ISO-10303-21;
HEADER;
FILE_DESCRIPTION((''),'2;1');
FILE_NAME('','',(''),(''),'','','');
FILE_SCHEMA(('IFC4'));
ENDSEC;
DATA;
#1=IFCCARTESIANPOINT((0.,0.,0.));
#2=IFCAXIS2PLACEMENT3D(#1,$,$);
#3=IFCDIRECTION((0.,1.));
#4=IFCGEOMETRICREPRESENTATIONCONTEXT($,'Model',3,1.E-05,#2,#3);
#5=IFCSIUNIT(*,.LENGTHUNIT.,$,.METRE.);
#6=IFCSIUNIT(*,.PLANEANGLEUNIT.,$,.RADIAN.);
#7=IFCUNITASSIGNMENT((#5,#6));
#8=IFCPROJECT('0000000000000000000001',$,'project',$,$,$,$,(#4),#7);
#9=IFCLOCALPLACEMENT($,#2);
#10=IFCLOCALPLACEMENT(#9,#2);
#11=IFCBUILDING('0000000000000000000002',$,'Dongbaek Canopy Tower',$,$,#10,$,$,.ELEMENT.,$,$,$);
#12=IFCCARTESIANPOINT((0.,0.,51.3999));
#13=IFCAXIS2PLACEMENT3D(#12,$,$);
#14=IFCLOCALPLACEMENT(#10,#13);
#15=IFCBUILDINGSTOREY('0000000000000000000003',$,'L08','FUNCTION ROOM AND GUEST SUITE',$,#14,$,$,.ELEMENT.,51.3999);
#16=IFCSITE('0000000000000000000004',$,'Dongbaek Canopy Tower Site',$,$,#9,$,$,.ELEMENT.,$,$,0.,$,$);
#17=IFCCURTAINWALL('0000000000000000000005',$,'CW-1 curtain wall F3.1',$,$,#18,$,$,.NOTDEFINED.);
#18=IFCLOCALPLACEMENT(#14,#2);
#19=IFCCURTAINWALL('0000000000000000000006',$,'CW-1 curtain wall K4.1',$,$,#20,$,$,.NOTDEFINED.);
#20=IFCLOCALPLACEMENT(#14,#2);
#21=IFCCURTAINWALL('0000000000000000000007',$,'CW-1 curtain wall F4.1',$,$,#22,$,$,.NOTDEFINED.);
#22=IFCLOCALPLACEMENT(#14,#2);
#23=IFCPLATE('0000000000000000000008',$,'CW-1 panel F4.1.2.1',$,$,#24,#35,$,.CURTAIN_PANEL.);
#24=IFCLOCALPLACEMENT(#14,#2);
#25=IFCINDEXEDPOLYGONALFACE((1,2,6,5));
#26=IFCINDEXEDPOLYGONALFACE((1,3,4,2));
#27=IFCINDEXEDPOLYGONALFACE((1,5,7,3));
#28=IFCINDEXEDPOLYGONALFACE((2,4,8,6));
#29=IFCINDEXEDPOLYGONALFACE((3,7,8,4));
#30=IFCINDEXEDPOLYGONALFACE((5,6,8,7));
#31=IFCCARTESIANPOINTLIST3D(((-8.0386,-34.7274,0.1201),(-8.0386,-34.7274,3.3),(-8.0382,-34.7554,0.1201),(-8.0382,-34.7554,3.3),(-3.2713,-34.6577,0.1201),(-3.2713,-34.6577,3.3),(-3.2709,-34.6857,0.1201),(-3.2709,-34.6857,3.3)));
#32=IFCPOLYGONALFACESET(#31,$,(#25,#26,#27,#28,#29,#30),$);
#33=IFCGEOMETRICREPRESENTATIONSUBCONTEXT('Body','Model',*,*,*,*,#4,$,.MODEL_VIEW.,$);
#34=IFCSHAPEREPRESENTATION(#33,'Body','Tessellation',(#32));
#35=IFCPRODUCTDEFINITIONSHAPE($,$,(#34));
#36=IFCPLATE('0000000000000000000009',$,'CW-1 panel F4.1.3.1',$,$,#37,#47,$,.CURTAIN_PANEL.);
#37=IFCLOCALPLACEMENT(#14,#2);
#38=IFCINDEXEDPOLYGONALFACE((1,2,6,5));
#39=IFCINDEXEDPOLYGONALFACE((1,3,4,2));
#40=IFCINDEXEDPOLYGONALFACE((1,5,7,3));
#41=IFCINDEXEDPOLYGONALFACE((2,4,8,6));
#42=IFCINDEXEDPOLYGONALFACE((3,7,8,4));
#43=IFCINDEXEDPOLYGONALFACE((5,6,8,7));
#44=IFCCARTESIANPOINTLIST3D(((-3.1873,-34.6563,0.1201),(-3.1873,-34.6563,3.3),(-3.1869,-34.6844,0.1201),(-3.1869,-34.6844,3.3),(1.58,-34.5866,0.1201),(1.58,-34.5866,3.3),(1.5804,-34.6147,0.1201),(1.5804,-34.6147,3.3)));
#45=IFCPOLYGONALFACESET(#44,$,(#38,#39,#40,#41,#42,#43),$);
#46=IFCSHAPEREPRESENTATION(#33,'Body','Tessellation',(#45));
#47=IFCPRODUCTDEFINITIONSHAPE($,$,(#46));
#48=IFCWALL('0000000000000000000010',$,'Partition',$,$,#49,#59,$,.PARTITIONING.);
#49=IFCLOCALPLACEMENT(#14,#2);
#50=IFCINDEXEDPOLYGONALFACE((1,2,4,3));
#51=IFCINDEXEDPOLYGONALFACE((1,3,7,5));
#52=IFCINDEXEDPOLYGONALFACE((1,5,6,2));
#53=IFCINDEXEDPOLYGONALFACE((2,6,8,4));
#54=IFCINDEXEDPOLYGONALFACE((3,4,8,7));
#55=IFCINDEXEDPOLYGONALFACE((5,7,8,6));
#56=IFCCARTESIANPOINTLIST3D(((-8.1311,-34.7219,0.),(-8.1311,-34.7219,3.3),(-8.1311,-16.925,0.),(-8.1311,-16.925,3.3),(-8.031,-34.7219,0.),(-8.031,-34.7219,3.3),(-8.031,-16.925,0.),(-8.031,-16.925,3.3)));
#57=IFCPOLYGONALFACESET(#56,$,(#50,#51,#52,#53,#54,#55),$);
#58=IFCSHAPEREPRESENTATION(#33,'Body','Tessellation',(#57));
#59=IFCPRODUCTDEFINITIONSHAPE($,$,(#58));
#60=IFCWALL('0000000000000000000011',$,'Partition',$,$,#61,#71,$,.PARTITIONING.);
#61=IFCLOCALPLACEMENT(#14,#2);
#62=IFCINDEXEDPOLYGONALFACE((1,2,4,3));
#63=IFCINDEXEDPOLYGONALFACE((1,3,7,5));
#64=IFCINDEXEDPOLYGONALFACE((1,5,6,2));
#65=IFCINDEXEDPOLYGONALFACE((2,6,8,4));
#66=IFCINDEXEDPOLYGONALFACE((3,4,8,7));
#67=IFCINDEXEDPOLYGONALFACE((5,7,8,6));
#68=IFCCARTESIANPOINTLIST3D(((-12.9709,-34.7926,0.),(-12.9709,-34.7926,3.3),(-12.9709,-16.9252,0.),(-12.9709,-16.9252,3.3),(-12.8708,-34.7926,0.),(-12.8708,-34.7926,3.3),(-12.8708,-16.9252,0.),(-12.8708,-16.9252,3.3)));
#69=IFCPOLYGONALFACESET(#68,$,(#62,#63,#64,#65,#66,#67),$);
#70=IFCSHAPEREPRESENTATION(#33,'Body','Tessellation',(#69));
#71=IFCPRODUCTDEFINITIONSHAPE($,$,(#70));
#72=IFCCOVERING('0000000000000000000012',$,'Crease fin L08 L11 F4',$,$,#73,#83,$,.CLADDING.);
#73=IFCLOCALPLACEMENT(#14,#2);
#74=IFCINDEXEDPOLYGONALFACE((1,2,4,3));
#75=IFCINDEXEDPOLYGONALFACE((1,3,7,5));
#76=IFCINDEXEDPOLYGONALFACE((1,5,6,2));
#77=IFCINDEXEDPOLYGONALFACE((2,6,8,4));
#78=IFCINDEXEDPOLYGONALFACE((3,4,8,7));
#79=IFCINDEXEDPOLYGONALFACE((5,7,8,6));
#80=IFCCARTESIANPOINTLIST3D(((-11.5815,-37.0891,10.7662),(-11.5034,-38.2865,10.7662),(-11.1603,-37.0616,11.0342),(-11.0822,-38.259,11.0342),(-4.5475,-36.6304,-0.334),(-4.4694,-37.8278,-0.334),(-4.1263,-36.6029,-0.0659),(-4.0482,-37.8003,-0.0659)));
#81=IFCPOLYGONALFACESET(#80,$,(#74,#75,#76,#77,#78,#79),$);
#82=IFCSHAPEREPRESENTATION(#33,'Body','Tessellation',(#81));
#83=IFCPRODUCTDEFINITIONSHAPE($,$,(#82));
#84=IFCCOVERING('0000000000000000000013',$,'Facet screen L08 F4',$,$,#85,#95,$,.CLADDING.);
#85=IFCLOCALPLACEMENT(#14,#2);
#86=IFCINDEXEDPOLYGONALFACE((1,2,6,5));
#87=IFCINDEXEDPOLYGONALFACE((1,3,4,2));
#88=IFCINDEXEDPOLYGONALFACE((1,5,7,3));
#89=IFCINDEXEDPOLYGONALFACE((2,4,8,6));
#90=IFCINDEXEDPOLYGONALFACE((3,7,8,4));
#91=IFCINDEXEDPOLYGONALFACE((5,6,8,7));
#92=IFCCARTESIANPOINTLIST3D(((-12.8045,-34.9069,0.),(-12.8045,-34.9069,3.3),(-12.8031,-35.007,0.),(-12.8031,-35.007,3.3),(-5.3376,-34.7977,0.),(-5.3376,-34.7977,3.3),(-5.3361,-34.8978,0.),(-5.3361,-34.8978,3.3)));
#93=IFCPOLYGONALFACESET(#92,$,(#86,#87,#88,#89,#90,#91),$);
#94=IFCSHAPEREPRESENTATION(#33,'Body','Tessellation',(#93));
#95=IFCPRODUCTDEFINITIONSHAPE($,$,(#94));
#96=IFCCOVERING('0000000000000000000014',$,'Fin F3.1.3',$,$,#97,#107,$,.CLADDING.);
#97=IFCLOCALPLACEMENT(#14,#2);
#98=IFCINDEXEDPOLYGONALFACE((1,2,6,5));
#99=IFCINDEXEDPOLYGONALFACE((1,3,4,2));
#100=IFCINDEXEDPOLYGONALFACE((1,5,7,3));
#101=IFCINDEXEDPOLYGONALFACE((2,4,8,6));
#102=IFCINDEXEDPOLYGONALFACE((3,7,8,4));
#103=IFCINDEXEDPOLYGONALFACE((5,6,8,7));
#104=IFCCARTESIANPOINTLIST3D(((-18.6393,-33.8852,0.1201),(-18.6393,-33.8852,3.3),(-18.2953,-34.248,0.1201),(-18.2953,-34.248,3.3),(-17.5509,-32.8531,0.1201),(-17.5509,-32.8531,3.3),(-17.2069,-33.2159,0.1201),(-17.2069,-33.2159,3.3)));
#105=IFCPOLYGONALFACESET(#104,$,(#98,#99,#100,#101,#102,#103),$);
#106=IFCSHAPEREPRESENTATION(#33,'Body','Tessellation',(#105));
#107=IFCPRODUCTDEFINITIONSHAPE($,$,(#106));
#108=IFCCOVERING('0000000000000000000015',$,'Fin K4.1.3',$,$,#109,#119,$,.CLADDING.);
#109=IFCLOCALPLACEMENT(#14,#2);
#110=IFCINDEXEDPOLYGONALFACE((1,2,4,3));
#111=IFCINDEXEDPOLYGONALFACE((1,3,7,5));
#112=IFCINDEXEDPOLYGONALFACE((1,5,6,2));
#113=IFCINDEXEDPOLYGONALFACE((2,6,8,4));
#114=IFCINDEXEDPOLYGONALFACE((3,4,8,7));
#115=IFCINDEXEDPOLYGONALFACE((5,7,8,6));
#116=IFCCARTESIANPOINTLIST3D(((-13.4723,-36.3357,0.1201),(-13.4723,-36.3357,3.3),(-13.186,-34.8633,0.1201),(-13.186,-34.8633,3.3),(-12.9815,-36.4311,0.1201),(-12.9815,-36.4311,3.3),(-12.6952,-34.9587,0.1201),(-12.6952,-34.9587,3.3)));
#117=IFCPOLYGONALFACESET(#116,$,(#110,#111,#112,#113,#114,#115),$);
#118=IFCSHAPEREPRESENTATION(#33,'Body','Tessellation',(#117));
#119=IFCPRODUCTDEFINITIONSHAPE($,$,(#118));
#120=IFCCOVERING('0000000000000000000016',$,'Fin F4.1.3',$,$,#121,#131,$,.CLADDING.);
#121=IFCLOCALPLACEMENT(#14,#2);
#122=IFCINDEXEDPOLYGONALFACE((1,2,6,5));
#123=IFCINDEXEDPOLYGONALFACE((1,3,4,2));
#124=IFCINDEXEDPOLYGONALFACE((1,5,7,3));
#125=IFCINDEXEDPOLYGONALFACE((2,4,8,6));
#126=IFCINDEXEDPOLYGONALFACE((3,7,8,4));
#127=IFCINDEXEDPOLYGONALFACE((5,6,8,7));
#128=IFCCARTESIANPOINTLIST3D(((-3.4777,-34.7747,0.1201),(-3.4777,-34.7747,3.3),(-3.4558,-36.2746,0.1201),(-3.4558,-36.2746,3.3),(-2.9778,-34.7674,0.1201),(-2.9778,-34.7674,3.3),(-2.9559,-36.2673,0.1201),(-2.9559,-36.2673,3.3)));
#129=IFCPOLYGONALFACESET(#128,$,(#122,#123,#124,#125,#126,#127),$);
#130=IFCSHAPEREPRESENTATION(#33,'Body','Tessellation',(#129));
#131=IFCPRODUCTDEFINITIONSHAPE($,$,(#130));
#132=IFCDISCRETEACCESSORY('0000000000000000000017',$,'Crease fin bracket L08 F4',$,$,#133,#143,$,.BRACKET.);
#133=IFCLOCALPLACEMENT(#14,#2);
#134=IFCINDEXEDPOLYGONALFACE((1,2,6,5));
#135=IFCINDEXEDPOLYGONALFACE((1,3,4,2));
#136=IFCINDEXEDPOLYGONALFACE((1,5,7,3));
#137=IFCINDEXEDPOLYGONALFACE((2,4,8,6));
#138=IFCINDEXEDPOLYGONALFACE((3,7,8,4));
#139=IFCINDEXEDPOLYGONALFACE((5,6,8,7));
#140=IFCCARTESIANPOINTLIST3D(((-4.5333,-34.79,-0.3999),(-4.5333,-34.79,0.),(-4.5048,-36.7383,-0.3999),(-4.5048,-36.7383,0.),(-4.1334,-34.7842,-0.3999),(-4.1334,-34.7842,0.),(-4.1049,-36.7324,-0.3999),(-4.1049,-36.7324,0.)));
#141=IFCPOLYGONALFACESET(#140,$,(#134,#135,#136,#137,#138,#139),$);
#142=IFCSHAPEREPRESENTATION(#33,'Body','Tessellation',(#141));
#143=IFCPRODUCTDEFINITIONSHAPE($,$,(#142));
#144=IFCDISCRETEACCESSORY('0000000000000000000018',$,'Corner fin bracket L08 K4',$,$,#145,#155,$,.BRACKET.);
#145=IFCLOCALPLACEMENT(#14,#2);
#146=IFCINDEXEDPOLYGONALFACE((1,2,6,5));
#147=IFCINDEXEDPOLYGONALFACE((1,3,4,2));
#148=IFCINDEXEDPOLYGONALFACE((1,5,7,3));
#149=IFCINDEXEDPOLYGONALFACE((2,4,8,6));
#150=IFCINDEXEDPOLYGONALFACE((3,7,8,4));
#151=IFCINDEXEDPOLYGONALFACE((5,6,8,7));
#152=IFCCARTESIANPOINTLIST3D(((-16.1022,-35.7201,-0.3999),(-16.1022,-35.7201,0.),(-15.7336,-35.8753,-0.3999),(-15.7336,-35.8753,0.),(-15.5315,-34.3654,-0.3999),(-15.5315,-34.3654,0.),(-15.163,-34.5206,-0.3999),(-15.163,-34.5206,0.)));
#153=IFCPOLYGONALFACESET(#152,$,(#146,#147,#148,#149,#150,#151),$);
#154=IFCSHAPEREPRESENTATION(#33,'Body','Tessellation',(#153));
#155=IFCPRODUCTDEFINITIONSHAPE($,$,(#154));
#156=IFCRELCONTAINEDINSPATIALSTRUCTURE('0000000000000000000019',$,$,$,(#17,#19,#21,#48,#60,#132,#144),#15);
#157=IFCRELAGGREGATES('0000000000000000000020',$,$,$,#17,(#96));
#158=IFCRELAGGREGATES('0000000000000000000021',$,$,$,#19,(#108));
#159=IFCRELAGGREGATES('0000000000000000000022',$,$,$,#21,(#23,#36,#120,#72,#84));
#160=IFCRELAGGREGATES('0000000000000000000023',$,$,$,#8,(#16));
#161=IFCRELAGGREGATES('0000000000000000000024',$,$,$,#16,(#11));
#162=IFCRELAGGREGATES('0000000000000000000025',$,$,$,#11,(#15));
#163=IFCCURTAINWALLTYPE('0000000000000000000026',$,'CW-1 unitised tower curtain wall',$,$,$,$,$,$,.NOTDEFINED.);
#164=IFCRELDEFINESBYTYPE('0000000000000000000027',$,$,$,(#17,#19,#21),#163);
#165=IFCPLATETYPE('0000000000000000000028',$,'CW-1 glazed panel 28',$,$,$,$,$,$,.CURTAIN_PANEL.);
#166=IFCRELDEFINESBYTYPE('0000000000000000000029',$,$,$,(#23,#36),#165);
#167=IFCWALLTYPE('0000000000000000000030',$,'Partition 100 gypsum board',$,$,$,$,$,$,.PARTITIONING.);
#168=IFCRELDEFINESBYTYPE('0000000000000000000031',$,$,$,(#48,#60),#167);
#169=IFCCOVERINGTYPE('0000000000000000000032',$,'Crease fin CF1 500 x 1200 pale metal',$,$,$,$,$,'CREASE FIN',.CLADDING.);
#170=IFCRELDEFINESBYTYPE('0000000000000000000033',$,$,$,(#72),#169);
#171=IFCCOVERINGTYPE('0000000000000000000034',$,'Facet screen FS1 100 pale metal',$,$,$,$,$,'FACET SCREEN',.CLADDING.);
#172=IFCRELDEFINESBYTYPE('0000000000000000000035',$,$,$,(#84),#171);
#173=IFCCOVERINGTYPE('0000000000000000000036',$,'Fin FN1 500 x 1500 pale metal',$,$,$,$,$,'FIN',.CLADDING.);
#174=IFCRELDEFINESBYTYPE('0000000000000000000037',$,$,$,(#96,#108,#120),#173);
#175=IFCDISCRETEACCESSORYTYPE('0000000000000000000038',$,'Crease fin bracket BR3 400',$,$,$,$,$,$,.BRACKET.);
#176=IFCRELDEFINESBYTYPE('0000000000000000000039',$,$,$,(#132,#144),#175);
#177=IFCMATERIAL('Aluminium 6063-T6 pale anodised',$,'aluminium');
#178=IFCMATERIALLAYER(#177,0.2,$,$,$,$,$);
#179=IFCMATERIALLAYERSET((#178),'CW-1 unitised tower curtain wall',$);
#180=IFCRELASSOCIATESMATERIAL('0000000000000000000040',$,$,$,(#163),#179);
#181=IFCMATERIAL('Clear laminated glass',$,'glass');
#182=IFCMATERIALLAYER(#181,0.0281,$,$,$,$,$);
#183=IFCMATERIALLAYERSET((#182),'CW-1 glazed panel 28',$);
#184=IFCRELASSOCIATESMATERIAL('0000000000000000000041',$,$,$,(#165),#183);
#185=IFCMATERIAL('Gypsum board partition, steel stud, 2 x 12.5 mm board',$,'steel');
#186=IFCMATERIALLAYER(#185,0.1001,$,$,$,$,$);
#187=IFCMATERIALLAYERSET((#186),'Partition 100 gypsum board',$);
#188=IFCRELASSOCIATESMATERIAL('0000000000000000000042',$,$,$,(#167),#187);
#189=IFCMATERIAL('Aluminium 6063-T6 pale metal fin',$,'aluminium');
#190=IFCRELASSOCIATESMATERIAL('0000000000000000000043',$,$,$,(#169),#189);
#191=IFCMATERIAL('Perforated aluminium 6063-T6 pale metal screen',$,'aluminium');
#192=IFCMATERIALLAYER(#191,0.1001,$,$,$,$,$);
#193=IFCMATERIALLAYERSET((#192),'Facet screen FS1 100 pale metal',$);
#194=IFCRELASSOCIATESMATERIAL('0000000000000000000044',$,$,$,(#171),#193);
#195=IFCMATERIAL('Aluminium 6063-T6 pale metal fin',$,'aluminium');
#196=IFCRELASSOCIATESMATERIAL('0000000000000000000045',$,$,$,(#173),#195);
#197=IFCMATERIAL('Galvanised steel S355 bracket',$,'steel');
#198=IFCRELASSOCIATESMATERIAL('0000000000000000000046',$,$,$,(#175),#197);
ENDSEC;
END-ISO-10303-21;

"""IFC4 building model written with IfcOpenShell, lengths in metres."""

from ifc_helpers import new_model, si_unit, direction, frame, frame_2d, origin, origin_2d, place, context, subcontext, project, spatial, rectangle, extrude, material, layer, layer_set, material_profile, profile_set, type_object, element, aggregate, save


model = new_model("IFC4")

# Units and contexts
model_context = context("Model", 3, precision=1e-05, world=origin(), true_north=direction((0.0, 1.0)))
body_context = subcontext(model_context, "Body", "Model", "MODEL_VIEW")
ifc_project = project(units=[si_unit("LENGTHUNIT", "METRE"), si_unit("PLANEANGLEUNIT", "RADIAN")], contexts=[model_context])

# Site, building, storey
site_placement = place(None, origin())
site = spatial("IfcSite", under=ifc_project, at=site_placement, Name="Dongbaek Canopy Tower Site", CompositionType="ELEMENT", RefElevation=0.0)
building_placement = place(site_placement, origin())
building = spatial("IfcBuilding", under=site, at=building_placement, Name="Dongbaek Canopy Tower", CompositionType="ELEMENT")
storey_placement = place(building_placement, frame((0.0, 0.0, 51.3999)))
storey = spatial("IfcBuildingStorey", under=building, at=storey_placement, Name="L08", Description="FUNCTION ROOM AND GUEST SUITE", CompositionType="ELEMENT", Elevation=51.3999)

# Curtain wall
ifc_material_1 = material(Name="Aluminium 6063-T6 pale anodised", Category="aluminium")
ifc_layer_1 = layer(ifc_material_1, 0.2)
ifc_layer_set_1 = layer_set([ifc_layer_1], Name="CW-1 unitised tower curtain wall")
curtain_wall_type = type_object("IfcCurtainWallType", Name="CW-1 unitised tower curtain wall", PredefinedType="NOTDEFINED", material=ifc_layer_set_1)
curtain_wall_1_placement = place(storey_placement, origin())
curtain_wall_1 = element("IfcCurtainWall", 1, at=curtain_wall_1_placement, inside=storey, type_object=curtain_wall_type, Name="CW-1 curtain wall F3.1", PredefinedType="NOTDEFINED")

# Curtain walls
curtain_wall_2_placement = place(storey_placement, origin())
curtain_wall_2 = element("IfcCurtainWall", 2, at=curtain_wall_2_placement, inside=storey, type_object=curtain_wall_type, Name="CW-1 curtain wall K4.1", PredefinedType="NOTDEFINED")
curtain_wall_3_placement = place(storey_placement, origin())
curtain_wall_3 = element("IfcCurtainWall", 3, at=curtain_wall_3_placement, inside=storey, type_object=curtain_wall_type, Name="CW-1 curtain wall F4.1", PredefinedType="NOTDEFINED")

# Plates
ifc_material_2 = material(Name="Clear laminated glass", Category="glass")
ifc_layer_2 = layer(ifc_material_2, 0.0281)
ifc_layer_set_2 = layer_set([ifc_layer_2], Name="CW-1 glazed panel 28")
plate_type = type_object("IfcPlateType", Name="CW-1 glazed panel 28", PredefinedType="CURTAIN_PANEL", material=ifc_layer_set_2)
plate_1_placement = place(storey_placement, frame((-5.6548, -34.7065, 0.1201), z_axis=(0.0, 0.0, 1.0), x_axis=(0.999893, 0.014619, 0.0)))
plate_1 = element("IfcPlate", 4, at=plate_1_placement, type_object=plate_type, Name="CW-1 panel F4.1.2.1", PredefinedType="CURTAIN_PANEL", context=body_context, shape_type="SweptSolid", body=[
    extrude(rectangle(XDim=4.7678, YDim=0.0281, at=origin_2d()), origin(), (0.0, 0.0, 1.0), 3.1799),
])
plate_2_placement = place(storey_placement, frame((-0.8035, -34.6355, 0.1201), z_axis=(0.0, 0.0, 1.0), x_axis=(0.999893, 0.014619, 0.0)))
plate_2 = element("IfcPlate", 5, at=plate_2_placement, type_object=plate_type, Name="CW-1 panel F4.1.3.1", PredefinedType="CURTAIN_PANEL", context=body_context, shape_type="SweptSolid", body=[
    extrude(rectangle(XDim=4.7678, YDim=0.0281, at=origin_2d()), origin(), (0.0, 0.0, 1.0), 3.1799),
])

# Walls
ifc_material_3 = material(Name="Gypsum board partition, steel stud, 2 x 12.5 mm board", Category="steel")
ifc_layer_3 = layer(ifc_material_3, 0.1001)
ifc_layer_set_3 = layer_set([ifc_layer_3], Name="Partition 100 gypsum board")
wall_type = type_object("IfcWallType", Name="Partition 100 gypsum board", PredefinedType="PARTITIONING", material=ifc_layer_set_3)
wall_1_placement = place(storey_placement, frame((-8.0811, -34.7219, 0.0), z_axis=(0.0, 0.0, 1.0), x_axis=(0.0, 1.0, 0.0)))
element("IfcWall", 6, at=wall_1_placement, inside=storey, type_object=wall_type, Name="Partition", PredefinedType="PARTITIONING", context=body_context, shape_type="SweptSolid", body=[
    extrude(rectangle(XDim=17.7969, YDim=0.1001, at=frame_2d((8.8984, 0.0))), origin(), (0.0, 0.0, 1.0), 3.3),
])
wall_2_placement = place(storey_placement, frame((-12.9209, -34.7925, 0.0), z_axis=(0.0, 0.0, 1.0), x_axis=(0.0, 1.0, 0.0)))
element("IfcWall", 7, at=wall_2_placement, inside=storey, type_object=wall_type, Name="Partition", PredefinedType="PARTITIONING", context=body_context, shape_type="SweptSolid", body=[
    extrude(rectangle(XDim=17.8674, YDim=0.1001, at=frame_2d((8.9336, 0.0))), origin(), (0.0, 0.0, 1.0), 3.3),
])

# Coverings
ifc_material_4 = material(Name="Aluminium 6063-T6 pale metal fin", Category="aluminium")
ifc_material_profile_1 = material_profile(ifc_material_4, rectangle(XDim=1.2, YDim=0.5, at=origin_2d()), Name="Crease fin CF1 500 x 1200 pale metal")
ifc_profile_set_1 = profile_set([ifc_material_profile_1], Name="Aluminium 6063-T6 pale metal fin")
covering_type_1 = type_object("IfcCoveringType", Name="Crease fin CF1 500 x 1200 pale metal", ElementType="CREASE FIN", PredefinedType="CLADDING", material=ifc_profile_set_1)
covering_1_placement = place(storey_placement, frame((-4.2979, -37.2153, -0.2), z_axis=(-0.534937, -0.034888, 0.844172), x_axis=(0.06508, -0.99788, 0.0)))
covering_1 = element("IfcCovering", 8, at=covering_1_placement, type_object=covering_type_1, Name="Crease fin L08 L11 F4", PredefinedType="CLADDING", context=body_context, shape_type="SweptSolid", body=[
    extrude(rectangle(XDim=1.2, YDim=0.5, at=origin_2d()), origin(), (0.0, 0.0, 1.0), 13.1492),
])
ifc_material_5 = material(Name="Perforated aluminium 6063-T6 pale metal screen", Category="aluminium")
ifc_layer_4 = layer(ifc_material_5, 0.1001)
ifc_layer_set_4 = layer_set([ifc_layer_4], Name="Facet screen FS1 100 pale metal")
covering_type_2 = type_object("IfcCoveringType", Name="Facet screen FS1 100 pale metal", ElementType="FACET SCREEN", PredefinedType="CLADDING", material=ifc_layer_set_4)
covering_2_placement = place(storey_placement, frame((-9.0703, -34.9023, 0.0), z_axis=(0.0, 0.0, 1.0), x_axis=(0.999893, 0.014618, 0.0)))
covering_2 = element("IfcCovering", 9, at=covering_2_placement, type_object=covering_type_2, Name="Facet screen L08 F4", PredefinedType="CLADDING", context=body_context, shape_type="SweptSolid", body=[
    extrude(rectangle(XDim=7.4678, YDim=0.1001, at=origin_2d()), origin(), (0.0, 0.0, 1.0), 3.3),
])
ifc_material_6 = material(Name="Aluminium 6063-T6 pale metal fin", Category="aluminium")
ifc_material_profile_2 = material_profile(ifc_material_6, rectangle(XDim=1.5, YDim=0.5, at=origin_2d()), Name="Fin FN1 500 x 1500 pale metal")
ifc_profile_set_2 = profile_set([ifc_material_profile_2], Name="Aluminium 6063-T6 pale metal fin")
covering_type_3 = type_object("IfcCoveringType", Name="Fin FN1 500 x 1500 pale metal", ElementType="FIN", PredefinedType="CLADDING", material=ifc_profile_set_2)
covering_3_placement = place(storey_placement, frame((-17.9231, -33.5505, 0.1201), z_axis=(0.0, 0.0, 1.0), x_axis=(-0.725627, -0.688089, 0.0)))
covering_3 = element("IfcCovering", 10, at=covering_3_placement, type_object=covering_type_3, Name="Fin F3.1.3", PredefinedType="CLADDING", context=body_context, shape_type="SweptSolid", body=[
    extrude(rectangle(XDim=1.5, YDim=0.5, at=origin_2d()), origin(), (0.0, 0.0, 1.0), 3.1799),
])
aggregate(curtain_wall_1, [covering_3])
covering_4_placement = place(storey_placement, frame((-13.0837, -35.6472, 0.1201), z_axis=(0.0, 0.0, 1.0), x_axis=(-0.190844, -0.98162, 0.0)))
covering_4 = element("IfcCovering", 11, at=covering_4_placement, type_object=covering_type_3, Name="Fin K4.1.3", PredefinedType="CLADDING", context=body_context, shape_type="SweptSolid", body=[
    extrude(rectangle(XDim=1.5, YDim=0.5, at=origin_2d()), origin(), (0.0, 0.0, 1.0), 3.1799),
])
aggregate(curtain_wall_2, [covering_4])
covering_5_placement = place(storey_placement, frame((-3.2168, -35.521, 0.1201), z_axis=(0.0, 0.0, 1.0), x_axis=(0.014619, -0.999893, 0.0)))
covering_5 = element("IfcCovering", 12, at=covering_5_placement, type_object=covering_type_3, Name="Fin F4.1.3", PredefinedType="CLADDING", context=body_context, shape_type="SweptSolid", body=[
    extrude(rectangle(XDim=1.5, YDim=0.5, at=origin_2d()), origin(), (0.0, 0.0, 1.0), 3.1799),
])
aggregate(curtain_wall_3, [plate_1, plate_2, covering_5, covering_1, covering_2])

# Discrete accessories
ifc_material_7 = material(Name="Galvanised steel S355 bracket", Category="steel")
discrete_accessory_type = type_object("IfcDiscreteAccessoryType", Name="Crease fin bracket BR3 400", PredefinedType="BRACKET", material=ifc_material_7)
discrete_accessory_1_placement = place(storey_placement, frame((-4.3191, -35.7612, -0.3999), z_axis=(0.0, 0.0, 1.0), x_axis=(0.014618, -0.999893, 0.0)))
element("IfcDiscreteAccessory", 13, at=discrete_accessory_1_placement, inside=storey, type_object=discrete_accessory_type, Name="Crease fin bracket L08 F4", PredefinedType="BRACKET", context=body_context, shape_type="SweptSolid", body=[
    extrude(rectangle(XDim=1.9485, YDim=0.3999, at=origin_2d()), origin(), (0.0, 0.0, 1.0), 0.3999),
])
discrete_accessory_2_placement = place(storey_placement, frame((-15.6326, -35.1204, -0.3999), z_axis=(0.0, 0.0, 1.0), x_axis=(-0.388186, -0.921581, 0.0)))
element("IfcDiscreteAccessory", 14, at=discrete_accessory_2_placement, inside=storey, type_object=discrete_accessory_type, Name="Corner fin bracket L08 K4", PredefinedType="BRACKET", context=body_context, shape_type="SweptSolid", body=[
    extrude(rectangle(XDim=1.47, YDim=0.3999, at=origin_2d()), origin(), (0.0, 0.0, 1.0), 0.3999),
])

save(model, "model.ifc")
